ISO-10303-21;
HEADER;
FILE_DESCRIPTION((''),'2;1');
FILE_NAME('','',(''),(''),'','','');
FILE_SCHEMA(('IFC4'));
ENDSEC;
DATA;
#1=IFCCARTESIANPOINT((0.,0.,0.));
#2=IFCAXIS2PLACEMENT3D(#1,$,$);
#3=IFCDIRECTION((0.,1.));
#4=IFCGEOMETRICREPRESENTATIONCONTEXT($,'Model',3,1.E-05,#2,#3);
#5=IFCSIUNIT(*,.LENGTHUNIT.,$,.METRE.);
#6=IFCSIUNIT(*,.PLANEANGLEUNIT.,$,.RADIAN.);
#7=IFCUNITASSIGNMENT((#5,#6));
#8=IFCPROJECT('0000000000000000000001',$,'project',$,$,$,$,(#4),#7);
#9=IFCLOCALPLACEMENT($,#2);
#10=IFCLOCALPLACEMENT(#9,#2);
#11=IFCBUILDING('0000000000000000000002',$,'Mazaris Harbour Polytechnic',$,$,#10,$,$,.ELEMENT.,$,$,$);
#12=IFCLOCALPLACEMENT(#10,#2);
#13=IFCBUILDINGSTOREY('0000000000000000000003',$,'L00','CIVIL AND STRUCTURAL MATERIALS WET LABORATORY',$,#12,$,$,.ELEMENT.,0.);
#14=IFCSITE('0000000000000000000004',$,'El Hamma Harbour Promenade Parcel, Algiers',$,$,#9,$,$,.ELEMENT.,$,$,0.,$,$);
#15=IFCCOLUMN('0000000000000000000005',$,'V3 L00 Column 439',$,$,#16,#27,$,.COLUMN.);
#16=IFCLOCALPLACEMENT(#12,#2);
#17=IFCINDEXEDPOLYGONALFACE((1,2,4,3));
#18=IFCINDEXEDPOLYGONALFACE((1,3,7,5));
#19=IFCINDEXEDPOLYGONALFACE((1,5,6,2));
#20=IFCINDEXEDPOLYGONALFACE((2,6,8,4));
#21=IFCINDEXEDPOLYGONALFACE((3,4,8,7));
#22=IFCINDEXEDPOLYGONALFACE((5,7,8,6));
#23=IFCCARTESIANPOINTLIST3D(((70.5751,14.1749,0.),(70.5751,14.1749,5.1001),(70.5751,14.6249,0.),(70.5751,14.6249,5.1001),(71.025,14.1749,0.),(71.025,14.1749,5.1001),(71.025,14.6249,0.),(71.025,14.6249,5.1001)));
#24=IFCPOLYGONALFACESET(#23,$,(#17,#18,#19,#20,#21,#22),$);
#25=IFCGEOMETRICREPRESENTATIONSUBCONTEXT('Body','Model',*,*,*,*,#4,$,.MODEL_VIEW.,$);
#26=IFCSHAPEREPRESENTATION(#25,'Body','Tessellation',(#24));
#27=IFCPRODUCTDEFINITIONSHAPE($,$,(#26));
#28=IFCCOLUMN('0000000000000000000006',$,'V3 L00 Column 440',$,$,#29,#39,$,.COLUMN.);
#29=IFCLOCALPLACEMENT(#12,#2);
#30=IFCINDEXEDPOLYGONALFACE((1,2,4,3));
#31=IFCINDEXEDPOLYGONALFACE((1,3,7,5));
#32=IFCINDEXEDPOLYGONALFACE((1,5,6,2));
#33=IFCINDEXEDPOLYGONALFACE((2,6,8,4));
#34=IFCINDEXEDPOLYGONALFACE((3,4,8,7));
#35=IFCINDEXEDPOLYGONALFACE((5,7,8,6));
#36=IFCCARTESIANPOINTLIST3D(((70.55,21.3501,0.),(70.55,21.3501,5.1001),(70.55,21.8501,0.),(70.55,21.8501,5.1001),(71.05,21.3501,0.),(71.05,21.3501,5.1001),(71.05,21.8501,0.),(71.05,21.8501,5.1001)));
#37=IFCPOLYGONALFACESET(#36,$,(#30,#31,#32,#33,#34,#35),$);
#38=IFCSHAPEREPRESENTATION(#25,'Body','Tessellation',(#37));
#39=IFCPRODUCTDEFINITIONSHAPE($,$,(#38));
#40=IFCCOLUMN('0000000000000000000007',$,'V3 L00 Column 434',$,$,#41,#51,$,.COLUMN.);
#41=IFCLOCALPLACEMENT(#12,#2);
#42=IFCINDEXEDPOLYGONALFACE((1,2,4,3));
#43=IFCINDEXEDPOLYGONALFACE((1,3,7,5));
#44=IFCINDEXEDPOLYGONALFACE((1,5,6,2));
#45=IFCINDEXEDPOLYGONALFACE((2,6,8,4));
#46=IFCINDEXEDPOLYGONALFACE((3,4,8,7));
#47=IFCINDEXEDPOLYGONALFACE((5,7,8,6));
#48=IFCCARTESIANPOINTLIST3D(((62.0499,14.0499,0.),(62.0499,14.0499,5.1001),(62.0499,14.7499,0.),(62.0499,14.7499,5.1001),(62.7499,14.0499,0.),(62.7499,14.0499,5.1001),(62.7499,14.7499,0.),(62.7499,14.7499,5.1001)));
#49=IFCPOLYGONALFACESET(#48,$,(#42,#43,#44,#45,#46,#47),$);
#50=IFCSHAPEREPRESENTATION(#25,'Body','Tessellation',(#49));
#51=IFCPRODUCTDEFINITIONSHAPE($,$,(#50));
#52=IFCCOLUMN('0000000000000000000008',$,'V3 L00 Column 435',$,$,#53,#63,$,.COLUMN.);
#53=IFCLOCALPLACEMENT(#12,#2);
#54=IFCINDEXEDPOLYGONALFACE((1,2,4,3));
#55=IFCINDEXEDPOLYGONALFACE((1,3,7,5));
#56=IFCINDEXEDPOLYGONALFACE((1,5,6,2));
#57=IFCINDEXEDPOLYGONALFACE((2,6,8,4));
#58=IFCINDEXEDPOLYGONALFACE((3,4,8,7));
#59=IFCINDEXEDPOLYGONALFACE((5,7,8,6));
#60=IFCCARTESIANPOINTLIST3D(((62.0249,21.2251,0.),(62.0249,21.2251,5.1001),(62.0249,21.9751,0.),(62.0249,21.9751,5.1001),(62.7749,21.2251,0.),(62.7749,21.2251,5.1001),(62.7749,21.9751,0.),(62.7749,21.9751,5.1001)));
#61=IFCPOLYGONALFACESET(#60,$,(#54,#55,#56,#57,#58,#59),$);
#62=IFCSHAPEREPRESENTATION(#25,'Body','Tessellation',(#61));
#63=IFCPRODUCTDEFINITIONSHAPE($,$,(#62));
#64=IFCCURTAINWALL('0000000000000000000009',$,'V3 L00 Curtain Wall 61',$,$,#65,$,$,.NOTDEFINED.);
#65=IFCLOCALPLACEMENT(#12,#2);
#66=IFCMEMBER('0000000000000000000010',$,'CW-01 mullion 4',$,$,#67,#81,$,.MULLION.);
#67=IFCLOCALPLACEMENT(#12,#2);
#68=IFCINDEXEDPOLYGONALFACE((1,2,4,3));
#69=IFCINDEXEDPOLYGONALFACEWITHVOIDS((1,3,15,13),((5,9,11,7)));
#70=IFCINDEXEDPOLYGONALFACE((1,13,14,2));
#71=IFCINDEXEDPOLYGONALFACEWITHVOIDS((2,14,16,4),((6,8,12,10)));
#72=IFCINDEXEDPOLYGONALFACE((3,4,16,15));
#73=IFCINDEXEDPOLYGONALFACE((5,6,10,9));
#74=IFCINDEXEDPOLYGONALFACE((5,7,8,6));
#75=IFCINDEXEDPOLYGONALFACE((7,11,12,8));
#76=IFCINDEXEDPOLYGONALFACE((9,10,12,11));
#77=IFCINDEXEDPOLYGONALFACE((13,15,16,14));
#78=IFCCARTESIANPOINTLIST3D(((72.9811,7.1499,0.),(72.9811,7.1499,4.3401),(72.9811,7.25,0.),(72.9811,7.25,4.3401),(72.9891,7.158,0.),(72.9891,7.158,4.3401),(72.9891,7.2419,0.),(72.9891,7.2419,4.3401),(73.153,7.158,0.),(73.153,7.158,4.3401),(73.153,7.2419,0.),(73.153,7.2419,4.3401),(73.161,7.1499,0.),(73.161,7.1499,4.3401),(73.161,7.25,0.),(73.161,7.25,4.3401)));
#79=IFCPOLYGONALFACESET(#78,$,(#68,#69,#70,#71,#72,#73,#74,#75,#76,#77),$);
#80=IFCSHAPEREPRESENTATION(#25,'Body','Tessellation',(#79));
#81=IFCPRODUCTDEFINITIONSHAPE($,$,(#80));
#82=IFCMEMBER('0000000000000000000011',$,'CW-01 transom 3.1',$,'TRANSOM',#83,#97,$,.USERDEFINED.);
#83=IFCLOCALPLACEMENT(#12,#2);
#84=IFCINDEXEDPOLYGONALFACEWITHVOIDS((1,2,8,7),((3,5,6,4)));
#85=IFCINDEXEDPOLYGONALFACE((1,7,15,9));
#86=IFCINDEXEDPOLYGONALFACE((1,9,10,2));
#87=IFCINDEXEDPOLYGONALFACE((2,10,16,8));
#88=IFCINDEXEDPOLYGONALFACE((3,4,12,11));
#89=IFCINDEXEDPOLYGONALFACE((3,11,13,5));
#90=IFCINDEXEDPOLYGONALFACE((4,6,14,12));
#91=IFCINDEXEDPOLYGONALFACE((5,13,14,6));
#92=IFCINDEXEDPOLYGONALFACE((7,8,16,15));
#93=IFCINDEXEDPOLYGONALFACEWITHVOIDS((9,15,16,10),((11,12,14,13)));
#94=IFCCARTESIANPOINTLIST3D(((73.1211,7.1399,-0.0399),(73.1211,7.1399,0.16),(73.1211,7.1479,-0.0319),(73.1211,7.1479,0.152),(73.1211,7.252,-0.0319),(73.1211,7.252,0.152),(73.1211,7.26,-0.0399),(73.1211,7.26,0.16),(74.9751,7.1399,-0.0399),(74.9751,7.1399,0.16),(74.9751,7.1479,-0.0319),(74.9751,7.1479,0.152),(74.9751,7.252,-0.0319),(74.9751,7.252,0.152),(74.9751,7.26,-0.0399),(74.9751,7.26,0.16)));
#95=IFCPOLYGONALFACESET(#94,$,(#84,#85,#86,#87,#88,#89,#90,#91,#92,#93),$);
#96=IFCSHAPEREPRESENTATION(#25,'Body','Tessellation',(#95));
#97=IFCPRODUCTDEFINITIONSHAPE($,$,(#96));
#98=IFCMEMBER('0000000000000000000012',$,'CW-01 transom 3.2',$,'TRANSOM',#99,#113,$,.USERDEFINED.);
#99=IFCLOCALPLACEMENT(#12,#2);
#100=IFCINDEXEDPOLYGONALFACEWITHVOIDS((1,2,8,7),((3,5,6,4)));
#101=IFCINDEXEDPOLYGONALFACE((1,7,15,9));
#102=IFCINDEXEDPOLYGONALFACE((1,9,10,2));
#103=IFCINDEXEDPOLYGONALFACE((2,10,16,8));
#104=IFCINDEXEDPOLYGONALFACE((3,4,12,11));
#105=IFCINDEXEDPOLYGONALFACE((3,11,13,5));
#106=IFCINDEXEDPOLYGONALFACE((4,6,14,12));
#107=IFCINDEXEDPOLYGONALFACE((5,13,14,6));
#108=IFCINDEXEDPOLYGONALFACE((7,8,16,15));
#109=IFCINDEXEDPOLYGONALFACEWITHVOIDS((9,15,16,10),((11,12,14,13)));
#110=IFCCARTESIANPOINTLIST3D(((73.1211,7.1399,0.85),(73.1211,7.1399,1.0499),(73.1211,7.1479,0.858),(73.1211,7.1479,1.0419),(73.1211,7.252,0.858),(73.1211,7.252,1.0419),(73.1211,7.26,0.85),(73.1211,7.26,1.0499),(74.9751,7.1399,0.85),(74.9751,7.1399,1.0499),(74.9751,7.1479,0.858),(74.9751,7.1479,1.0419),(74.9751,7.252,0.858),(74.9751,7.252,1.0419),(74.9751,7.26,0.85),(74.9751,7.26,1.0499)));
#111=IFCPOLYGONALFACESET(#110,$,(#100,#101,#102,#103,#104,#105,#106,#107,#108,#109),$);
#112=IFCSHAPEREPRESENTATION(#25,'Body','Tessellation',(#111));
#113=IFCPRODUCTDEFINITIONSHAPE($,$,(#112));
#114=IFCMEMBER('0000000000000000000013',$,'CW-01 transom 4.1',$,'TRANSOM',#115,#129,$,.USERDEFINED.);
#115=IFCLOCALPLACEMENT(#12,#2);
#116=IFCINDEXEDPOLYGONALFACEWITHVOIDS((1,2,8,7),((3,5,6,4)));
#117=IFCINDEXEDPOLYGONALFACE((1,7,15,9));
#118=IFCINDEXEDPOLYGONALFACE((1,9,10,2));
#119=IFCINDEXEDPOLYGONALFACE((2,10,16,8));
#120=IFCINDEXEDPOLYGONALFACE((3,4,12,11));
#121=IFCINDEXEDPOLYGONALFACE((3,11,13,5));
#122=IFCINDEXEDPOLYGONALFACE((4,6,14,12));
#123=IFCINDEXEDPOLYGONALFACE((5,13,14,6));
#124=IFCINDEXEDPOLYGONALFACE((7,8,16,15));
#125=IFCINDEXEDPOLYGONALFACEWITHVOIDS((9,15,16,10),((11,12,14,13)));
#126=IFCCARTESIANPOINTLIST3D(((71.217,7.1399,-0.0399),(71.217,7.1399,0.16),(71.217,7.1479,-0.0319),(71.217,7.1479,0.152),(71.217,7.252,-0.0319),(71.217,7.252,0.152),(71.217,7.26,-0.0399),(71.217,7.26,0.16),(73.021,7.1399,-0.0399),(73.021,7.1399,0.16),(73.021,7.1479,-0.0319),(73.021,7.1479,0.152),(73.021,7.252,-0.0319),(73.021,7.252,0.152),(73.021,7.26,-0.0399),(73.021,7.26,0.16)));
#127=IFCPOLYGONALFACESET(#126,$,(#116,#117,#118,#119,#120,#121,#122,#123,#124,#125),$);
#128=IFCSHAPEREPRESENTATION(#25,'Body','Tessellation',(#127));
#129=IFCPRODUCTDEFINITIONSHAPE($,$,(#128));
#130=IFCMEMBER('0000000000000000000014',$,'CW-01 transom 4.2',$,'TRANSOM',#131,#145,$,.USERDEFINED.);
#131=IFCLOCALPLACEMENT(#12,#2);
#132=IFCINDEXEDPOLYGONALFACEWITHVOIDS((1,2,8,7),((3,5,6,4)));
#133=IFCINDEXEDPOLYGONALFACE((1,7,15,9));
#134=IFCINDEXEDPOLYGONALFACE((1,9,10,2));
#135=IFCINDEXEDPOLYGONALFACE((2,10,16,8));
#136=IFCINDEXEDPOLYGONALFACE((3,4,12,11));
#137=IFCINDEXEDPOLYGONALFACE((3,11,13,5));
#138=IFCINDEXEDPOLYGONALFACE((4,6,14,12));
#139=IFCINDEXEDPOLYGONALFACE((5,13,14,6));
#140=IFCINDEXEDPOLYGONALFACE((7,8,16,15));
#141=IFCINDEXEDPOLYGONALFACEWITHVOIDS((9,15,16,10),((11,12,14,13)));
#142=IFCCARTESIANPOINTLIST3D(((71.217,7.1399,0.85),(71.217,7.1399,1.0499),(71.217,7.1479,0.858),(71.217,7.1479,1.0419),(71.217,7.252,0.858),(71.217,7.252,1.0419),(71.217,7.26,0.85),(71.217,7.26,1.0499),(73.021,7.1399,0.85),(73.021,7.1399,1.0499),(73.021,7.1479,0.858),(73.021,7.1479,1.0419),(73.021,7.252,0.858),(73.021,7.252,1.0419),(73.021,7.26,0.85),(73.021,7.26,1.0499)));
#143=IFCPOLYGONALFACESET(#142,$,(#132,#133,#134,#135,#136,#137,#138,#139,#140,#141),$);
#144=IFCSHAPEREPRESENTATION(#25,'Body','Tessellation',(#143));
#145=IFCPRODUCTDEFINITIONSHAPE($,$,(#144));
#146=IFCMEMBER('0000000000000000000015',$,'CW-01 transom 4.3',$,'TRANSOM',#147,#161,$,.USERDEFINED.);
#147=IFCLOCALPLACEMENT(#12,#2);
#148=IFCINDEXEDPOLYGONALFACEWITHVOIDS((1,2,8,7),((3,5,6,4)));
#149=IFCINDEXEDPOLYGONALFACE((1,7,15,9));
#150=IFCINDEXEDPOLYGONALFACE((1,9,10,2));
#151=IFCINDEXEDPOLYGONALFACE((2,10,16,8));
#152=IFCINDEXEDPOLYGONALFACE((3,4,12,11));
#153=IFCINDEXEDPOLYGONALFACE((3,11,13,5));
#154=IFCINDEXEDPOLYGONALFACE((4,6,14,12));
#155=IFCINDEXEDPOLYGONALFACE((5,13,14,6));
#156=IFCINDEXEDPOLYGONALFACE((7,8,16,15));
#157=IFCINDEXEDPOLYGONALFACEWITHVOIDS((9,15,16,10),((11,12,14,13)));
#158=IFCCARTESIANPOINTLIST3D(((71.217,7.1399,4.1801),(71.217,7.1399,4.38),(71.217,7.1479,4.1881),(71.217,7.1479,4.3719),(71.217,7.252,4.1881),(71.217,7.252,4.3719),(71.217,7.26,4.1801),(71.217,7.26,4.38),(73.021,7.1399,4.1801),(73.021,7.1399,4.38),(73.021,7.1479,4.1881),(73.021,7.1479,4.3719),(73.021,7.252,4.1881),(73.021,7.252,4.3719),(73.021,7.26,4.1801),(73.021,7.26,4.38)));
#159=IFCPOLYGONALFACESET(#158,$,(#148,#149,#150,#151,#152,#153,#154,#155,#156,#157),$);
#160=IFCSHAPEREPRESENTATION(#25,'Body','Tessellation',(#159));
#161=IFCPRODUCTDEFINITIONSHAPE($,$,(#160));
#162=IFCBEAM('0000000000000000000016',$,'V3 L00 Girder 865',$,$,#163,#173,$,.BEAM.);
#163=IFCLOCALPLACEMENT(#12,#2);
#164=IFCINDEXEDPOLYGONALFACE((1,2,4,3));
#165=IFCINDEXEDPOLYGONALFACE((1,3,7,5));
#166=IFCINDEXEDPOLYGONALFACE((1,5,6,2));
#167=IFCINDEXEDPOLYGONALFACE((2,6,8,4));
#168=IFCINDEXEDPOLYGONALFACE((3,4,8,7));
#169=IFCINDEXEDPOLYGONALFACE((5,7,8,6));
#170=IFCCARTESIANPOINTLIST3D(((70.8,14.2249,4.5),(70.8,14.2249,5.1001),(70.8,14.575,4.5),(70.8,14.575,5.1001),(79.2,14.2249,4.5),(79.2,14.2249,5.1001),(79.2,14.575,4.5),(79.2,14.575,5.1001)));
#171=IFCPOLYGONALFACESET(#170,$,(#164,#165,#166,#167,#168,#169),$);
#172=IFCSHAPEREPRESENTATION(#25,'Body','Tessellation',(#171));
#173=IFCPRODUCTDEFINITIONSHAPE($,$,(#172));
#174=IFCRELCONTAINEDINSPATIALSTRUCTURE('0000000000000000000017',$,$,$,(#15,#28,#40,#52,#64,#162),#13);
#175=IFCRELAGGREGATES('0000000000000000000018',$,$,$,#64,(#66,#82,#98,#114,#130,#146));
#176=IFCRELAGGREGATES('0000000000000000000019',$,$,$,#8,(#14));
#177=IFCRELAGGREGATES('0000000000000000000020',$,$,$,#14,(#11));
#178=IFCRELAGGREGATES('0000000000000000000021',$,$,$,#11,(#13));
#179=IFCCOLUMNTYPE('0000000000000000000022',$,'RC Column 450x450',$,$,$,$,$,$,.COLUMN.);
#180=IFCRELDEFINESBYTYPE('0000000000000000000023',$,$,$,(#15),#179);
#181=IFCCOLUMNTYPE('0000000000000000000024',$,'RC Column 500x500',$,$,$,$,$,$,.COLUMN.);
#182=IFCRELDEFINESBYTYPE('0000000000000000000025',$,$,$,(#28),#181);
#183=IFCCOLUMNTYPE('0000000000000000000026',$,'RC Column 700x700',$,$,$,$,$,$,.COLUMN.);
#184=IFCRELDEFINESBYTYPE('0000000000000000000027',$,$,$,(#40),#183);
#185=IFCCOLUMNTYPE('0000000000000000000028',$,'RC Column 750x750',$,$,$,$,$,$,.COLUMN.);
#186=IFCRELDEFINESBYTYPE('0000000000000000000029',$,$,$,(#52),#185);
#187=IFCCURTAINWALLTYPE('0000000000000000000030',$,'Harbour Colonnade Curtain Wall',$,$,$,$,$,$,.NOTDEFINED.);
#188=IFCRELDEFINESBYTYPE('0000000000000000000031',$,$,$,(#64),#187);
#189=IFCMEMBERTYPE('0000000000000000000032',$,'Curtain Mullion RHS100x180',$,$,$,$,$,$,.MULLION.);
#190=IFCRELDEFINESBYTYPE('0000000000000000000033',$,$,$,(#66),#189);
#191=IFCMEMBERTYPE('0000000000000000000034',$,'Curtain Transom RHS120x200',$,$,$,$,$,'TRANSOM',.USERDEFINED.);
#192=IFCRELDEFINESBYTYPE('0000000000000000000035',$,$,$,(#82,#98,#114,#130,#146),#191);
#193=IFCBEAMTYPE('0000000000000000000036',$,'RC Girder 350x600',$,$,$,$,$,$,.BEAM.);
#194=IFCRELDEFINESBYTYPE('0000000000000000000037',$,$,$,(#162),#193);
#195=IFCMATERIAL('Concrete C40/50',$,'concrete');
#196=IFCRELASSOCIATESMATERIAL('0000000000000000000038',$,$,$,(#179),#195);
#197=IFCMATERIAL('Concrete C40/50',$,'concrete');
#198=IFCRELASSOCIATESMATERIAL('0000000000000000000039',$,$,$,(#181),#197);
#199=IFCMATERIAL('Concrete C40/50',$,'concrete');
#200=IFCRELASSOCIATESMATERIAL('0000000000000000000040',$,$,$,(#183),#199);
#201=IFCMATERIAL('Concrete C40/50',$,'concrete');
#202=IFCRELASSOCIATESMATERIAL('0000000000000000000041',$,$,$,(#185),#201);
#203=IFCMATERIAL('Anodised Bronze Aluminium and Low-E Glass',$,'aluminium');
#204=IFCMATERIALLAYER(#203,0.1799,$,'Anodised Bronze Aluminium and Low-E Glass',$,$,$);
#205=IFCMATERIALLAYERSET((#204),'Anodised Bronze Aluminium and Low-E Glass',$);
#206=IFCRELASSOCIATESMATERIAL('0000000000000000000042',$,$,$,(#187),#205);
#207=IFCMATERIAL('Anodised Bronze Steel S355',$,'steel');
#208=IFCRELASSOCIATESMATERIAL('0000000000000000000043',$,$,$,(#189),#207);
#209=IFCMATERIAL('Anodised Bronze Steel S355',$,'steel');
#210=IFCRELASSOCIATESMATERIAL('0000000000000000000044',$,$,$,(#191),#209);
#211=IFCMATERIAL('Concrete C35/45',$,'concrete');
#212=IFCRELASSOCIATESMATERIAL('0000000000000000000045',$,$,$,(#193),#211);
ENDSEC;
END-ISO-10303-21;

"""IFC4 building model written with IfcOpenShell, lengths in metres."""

from ifc_helpers import new_model, si_unit, direction, frame, origin, origin_2d, place, context, subcontext, project, spatial, rectangle, hollow_rectangle, extrude, material, layer, layer_set, material_profile, profile_set, type_object, element, aggregate, save


model = new_model("IFC4")

# Units and contexts
model_context = context("Model", 3, precision=1e-05, world=origin(), true_north=direction((0.0, 1.0)))
body_context = subcontext(model_context, "Body", "Model", "MODEL_VIEW")
ifc_project = project(units=[si_unit("LENGTHUNIT", "METRE"), si_unit("PLANEANGLEUNIT", "RADIAN")], contexts=[model_context])

# Site, building, storey
site_placement = place(None, origin())
site = spatial("IfcSite", under=ifc_project, at=site_placement, Name="El Hamma Harbour Promenade Parcel, Algiers", CompositionType="ELEMENT", RefElevation=0.0)
building_placement = place(site_placement, origin())
building = spatial("IfcBuilding", under=site, at=building_placement, Name="Mazaris Harbour Polytechnic", CompositionType="ELEMENT")
storey_placement = place(building_placement, origin())
storey = spatial("IfcBuildingStorey", under=building, at=storey_placement, Name="L00", Description="CIVIL AND STRUCTURAL MATERIALS WET LABORATORY", CompositionType="ELEMENT", Elevation=0.0)

# Columns
ifc_material_1 = material(Name="Concrete C40/50", Category="concrete")
ifc_material_profile_1 = material_profile(ifc_material_1, rectangle(XDim=0.45, YDim=0.45, at=origin_2d()), Name="RECT450x450")
ifc_profile_set_1 = profile_set([ifc_material_profile_1], Name="Concrete C40/50")
column_type_1 = type_object("IfcColumnType", Name="RC Column 450x450", PredefinedType="COLUMN", material=ifc_profile_set_1)
column_1_placement = place(storey_placement, frame((70.8, 14.3999, 0.0), z_axis=(0.0, 0.0, 1.0), x_axis=(1.0, 0.0, 0.0)))
element("IfcColumn", 1, at=column_1_placement, inside=storey, type_object=column_type_1, Name="V3 L00 Column 439", PredefinedType="COLUMN", context=body_context, shape_type="SweptSolid", body=[
    extrude(rectangle(XDim=0.45, YDim=0.45, at=origin_2d()), origin(), (0.0, 0.0, 1.0), 5.1001),
])
ifc_material_2 = material(Name="Concrete C40/50", Category="concrete")
ifc_material_profile_2 = material_profile(ifc_material_2, rectangle(XDim=0.5, YDim=0.5, at=origin_2d()), Name="RECT500x500")
ifc_profile_set_2 = profile_set([ifc_material_profile_2], Name="Concrete C40/50")
column_type_2 = type_object("IfcColumnType", Name="RC Column 500x500", PredefinedType="COLUMN", material=ifc_profile_set_2)
column_2_placement = place(storey_placement, frame((70.8, 21.6001, 0.0), z_axis=(0.0, 0.0, 1.0), x_axis=(1.0, 0.0, 0.0)))
element("IfcColumn", 2, at=column_2_placement, inside=storey, type_object=column_type_2, Name="V3 L00 Column 440", PredefinedType="COLUMN", context=body_context, shape_type="SweptSolid", body=[
    extrude(rectangle(XDim=0.5, YDim=0.5, at=origin_2d()), origin(), (0.0, 0.0, 1.0), 5.1001),
])
ifc_material_3 = material(Name="Concrete C40/50", Category="concrete")
ifc_material_profile_3 = material_profile(ifc_material_3, rectangle(XDim=0.7, YDim=0.7, at=origin_2d()), Name="RECT700x700")
ifc_profile_set_3 = profile_set([ifc_material_profile_3], Name="Concrete C40/50")
column_type_3 = type_object("IfcColumnType", Name="RC Column 700x700", PredefinedType="COLUMN", material=ifc_profile_set_3)
column_3_placement = place(storey_placement, frame((62.3999, 14.3999, 0.0), z_axis=(0.0, 0.0, 1.0), x_axis=(1.0, 0.0, 0.0)))
element("IfcColumn", 3, at=column_3_placement, inside=storey, type_object=column_type_3, Name="V3 L00 Column 434", PredefinedType="COLUMN", context=body_context, shape_type="SweptSolid", body=[
    extrude(rectangle(XDim=0.7, YDim=0.7, at=origin_2d()), origin(), (0.0, 0.0, 1.0), 5.1001),
])
ifc_material_4 = material(Name="Concrete C40/50", Category="concrete")
ifc_material_profile_4 = material_profile(ifc_material_4, rectangle(XDim=0.75, YDim=0.75, at=origin_2d()), Name="RECT750x750")
ifc_profile_set_4 = profile_set([ifc_material_profile_4], Name="Concrete C40/50")
column_type_4 = type_object("IfcColumnType", Name="RC Column 750x750", PredefinedType="COLUMN", material=ifc_profile_set_4)
column_4_placement = place(storey_placement, frame((62.3999, 21.6001, 0.0), z_axis=(0.0, 0.0, 1.0), x_axis=(1.0, 0.0, 0.0)))
element("IfcColumn", 4, at=column_4_placement, inside=storey, type_object=column_type_4, Name="V3 L00 Column 435", PredefinedType="COLUMN", context=body_context, shape_type="SweptSolid", body=[
    extrude(rectangle(XDim=0.75, YDim=0.75, at=origin_2d()), origin(), (0.0, 0.0, 1.0), 5.1001),
])

# Curtain wall, members
ifc_material_5 = material(Name="Anodised Bronze Aluminium and Low-E Glass", Category="aluminium")
ifc_layer_1 = layer(ifc_material_5, 0.1799, Name="Anodised Bronze Aluminium and Low-E Glass")
ifc_layer_set_1 = layer_set([ifc_layer_1], Name="Anodised Bronze Aluminium and Low-E Glass")
curtain_wall_type = type_object("IfcCurtainWallType", Name="Harbour Colonnade Curtain Wall", PredefinedType="NOTDEFINED", material=ifc_layer_set_1)
curtain_wall_placement = place(storey_placement, origin())
curtain_wall = element("IfcCurtainWall", 5, at=curtain_wall_placement, inside=storey, type_object=curtain_wall_type, Name="V3 L00 Curtain Wall 61", PredefinedType="NOTDEFINED")
ifc_material_6 = material(Name="Anodised Bronze Steel S355", Category="steel")
ifc_material_profile_5 = material_profile(ifc_material_6, hollow_rectangle(XDim=0.1001, YDim=0.1799, WallThickness=0.0081, at=origin_2d()), Name="RHS 100x180x8.0")
ifc_profile_set_5 = profile_set([ifc_material_profile_5], Name="Anodised Bronze Steel S355")
member_type_1 = type_object("IfcMemberType", Name="Curtain Mullion RHS100x180", PredefinedType="MULLION", material=ifc_profile_set_5)
member_1_placement = place(storey_placement, frame((73.071, 7.2, 0.0), z_axis=(0.0, 0.0, 1.0), x_axis=(0.0, -1.0, 0.0)))
member_1 = element("IfcMember", 6, at=member_1_placement, type_object=member_type_1, Name="CW-01 mullion 4", PredefinedType="MULLION", context=body_context, shape_type="SweptSolid", body=[
    extrude(hollow_rectangle(XDim=0.1001, YDim=0.1799, WallThickness=0.0081, at=origin_2d()), origin(), (0.0, 0.0, 1.0), 4.3401),
])
ifc_material_7 = material(Name="Anodised Bronze Steel S355", Category="steel")
ifc_material_profile_6 = material_profile(ifc_material_7, hollow_rectangle(XDim=0.1201, YDim=0.2, WallThickness=0.0081, at=origin_2d()), Name="RHS 120x200x8.0")
ifc_profile_set_6 = profile_set([ifc_material_profile_6], Name="Anodised Bronze Steel S355")
member_type_2 = type_object("IfcMemberType", Name="Curtain Transom RHS120x200", ElementType="TRANSOM", PredefinedType="USERDEFINED", material=ifc_profile_set_6)
member_2_placement = place(storey_placement, frame((74.9751, 7.2, 0.0601), z_axis=(-1.0, 0.0, 0.0), x_axis=(0.0, -1.0, 0.0)))
member_2 = element("IfcMember", 7, at=member_2_placement, type_object=member_type_2, Name="CW-01 transom 3.1", ObjectType="TRANSOM", PredefinedType="USERDEFINED", context=body_context, shape_type="SweptSolid", body=[
    extrude(hollow_rectangle(XDim=0.1201, YDim=0.2, WallThickness=0.0081, at=origin_2d()), origin(), (0.0, 0.0, 1.0), 1.854),
])
member_3_placement = place(storey_placement, frame((74.9751, 7.2, 0.95), z_axis=(-1.0, 0.0, 0.0), x_axis=(0.0, -1.0, 0.0)))
member_3 = element("IfcMember", 8, at=member_3_placement, type_object=member_type_2, Name="CW-01 transom 3.2", ObjectType="TRANSOM", PredefinedType="USERDEFINED", context=body_context, shape_type="SweptSolid", body=[
    extrude(hollow_rectangle(XDim=0.1201, YDim=0.2, WallThickness=0.0081, at=origin_2d()), origin(), (0.0, 0.0, 1.0), 1.854),
])
member_4_placement = place(storey_placement, frame((73.021, 7.2, 0.0601), z_axis=(-1.0, 0.0, 0.0), x_axis=(0.0, -1.0, 0.0)))
member_4 = element("IfcMember", 9, at=member_4_placement, type_object=member_type_2, Name="CW-01 transom 4.1", ObjectType="TRANSOM", PredefinedType="USERDEFINED", context=body_context, shape_type="SweptSolid", body=[
    extrude(hollow_rectangle(XDim=0.1201, YDim=0.2, WallThickness=0.0081, at=origin_2d()), origin(), (0.0, 0.0, 1.0), 1.804),
])
member_5_placement = place(storey_placement, frame((73.021, 7.2, 0.95), z_axis=(-1.0, 0.0, 0.0), x_axis=(0.0, -1.0, 0.0)))
member_5 = element("IfcMember", 10, at=member_5_placement, type_object=member_type_2, Name="CW-01 transom 4.2", ObjectType="TRANSOM", PredefinedType="USERDEFINED", context=body_context, shape_type="SweptSolid", body=[
    extrude(hollow_rectangle(XDim=0.1201, YDim=0.2, WallThickness=0.0081, at=origin_2d()), origin(), (0.0, 0.0, 1.0), 1.804),
])
member_6_placement = place(storey_placement, frame((73.021, 7.2, 4.28), z_axis=(-1.0, 0.0, 0.0), x_axis=(0.0, -1.0, 0.0)))
member_6 = element("IfcMember", 11, at=member_6_placement, type_object=member_type_2, Name="CW-01 transom 4.3", ObjectType="TRANSOM", PredefinedType="USERDEFINED", context=body_context, shape_type="SweptSolid", body=[
    extrude(hollow_rectangle(XDim=0.1201, YDim=0.2, WallThickness=0.0081, at=origin_2d()), origin(), (0.0, 0.0, 1.0), 1.804),
])

# Beam
ifc_material_8 = material(Name="Concrete C35/45", Category="concrete")
ifc_material_profile_7 = material_profile(ifc_material_8, rectangle(XDim=0.3501, YDim=0.6001, at=origin_2d()), Name="RECT350x600")
ifc_profile_set_7 = profile_set([ifc_material_profile_7], Name="Concrete C35/45")
beam_type_1 = type_object("IfcBeamType", Name="RC Girder 350x600", PredefinedType="BEAM", material=ifc_profile_set_7)
beam_1_placement = place(storey_placement, frame((70.8, 14.3999, 4.8), z_axis=(1.0, 0.0, 0.0), x_axis=(0.0, 1.0, 0.0)))
element("IfcBeam", 12, at=beam_1_placement, inside=storey, type_object=beam_type_1, Name="V3 L00 Girder 865", PredefinedType="BEAM", context=body_context, shape_type="SweptSolid", body=[
    extrude(rectangle(XDim=0.3501, YDim=0.6001, at=origin_2d()), origin(), (0.0, 0.0, 1.0), 8.3999),
])

aggregate(curtain_wall, [member_1, member_2, member_3, member_4, member_5, member_6])

save(model, "model.ifc")
